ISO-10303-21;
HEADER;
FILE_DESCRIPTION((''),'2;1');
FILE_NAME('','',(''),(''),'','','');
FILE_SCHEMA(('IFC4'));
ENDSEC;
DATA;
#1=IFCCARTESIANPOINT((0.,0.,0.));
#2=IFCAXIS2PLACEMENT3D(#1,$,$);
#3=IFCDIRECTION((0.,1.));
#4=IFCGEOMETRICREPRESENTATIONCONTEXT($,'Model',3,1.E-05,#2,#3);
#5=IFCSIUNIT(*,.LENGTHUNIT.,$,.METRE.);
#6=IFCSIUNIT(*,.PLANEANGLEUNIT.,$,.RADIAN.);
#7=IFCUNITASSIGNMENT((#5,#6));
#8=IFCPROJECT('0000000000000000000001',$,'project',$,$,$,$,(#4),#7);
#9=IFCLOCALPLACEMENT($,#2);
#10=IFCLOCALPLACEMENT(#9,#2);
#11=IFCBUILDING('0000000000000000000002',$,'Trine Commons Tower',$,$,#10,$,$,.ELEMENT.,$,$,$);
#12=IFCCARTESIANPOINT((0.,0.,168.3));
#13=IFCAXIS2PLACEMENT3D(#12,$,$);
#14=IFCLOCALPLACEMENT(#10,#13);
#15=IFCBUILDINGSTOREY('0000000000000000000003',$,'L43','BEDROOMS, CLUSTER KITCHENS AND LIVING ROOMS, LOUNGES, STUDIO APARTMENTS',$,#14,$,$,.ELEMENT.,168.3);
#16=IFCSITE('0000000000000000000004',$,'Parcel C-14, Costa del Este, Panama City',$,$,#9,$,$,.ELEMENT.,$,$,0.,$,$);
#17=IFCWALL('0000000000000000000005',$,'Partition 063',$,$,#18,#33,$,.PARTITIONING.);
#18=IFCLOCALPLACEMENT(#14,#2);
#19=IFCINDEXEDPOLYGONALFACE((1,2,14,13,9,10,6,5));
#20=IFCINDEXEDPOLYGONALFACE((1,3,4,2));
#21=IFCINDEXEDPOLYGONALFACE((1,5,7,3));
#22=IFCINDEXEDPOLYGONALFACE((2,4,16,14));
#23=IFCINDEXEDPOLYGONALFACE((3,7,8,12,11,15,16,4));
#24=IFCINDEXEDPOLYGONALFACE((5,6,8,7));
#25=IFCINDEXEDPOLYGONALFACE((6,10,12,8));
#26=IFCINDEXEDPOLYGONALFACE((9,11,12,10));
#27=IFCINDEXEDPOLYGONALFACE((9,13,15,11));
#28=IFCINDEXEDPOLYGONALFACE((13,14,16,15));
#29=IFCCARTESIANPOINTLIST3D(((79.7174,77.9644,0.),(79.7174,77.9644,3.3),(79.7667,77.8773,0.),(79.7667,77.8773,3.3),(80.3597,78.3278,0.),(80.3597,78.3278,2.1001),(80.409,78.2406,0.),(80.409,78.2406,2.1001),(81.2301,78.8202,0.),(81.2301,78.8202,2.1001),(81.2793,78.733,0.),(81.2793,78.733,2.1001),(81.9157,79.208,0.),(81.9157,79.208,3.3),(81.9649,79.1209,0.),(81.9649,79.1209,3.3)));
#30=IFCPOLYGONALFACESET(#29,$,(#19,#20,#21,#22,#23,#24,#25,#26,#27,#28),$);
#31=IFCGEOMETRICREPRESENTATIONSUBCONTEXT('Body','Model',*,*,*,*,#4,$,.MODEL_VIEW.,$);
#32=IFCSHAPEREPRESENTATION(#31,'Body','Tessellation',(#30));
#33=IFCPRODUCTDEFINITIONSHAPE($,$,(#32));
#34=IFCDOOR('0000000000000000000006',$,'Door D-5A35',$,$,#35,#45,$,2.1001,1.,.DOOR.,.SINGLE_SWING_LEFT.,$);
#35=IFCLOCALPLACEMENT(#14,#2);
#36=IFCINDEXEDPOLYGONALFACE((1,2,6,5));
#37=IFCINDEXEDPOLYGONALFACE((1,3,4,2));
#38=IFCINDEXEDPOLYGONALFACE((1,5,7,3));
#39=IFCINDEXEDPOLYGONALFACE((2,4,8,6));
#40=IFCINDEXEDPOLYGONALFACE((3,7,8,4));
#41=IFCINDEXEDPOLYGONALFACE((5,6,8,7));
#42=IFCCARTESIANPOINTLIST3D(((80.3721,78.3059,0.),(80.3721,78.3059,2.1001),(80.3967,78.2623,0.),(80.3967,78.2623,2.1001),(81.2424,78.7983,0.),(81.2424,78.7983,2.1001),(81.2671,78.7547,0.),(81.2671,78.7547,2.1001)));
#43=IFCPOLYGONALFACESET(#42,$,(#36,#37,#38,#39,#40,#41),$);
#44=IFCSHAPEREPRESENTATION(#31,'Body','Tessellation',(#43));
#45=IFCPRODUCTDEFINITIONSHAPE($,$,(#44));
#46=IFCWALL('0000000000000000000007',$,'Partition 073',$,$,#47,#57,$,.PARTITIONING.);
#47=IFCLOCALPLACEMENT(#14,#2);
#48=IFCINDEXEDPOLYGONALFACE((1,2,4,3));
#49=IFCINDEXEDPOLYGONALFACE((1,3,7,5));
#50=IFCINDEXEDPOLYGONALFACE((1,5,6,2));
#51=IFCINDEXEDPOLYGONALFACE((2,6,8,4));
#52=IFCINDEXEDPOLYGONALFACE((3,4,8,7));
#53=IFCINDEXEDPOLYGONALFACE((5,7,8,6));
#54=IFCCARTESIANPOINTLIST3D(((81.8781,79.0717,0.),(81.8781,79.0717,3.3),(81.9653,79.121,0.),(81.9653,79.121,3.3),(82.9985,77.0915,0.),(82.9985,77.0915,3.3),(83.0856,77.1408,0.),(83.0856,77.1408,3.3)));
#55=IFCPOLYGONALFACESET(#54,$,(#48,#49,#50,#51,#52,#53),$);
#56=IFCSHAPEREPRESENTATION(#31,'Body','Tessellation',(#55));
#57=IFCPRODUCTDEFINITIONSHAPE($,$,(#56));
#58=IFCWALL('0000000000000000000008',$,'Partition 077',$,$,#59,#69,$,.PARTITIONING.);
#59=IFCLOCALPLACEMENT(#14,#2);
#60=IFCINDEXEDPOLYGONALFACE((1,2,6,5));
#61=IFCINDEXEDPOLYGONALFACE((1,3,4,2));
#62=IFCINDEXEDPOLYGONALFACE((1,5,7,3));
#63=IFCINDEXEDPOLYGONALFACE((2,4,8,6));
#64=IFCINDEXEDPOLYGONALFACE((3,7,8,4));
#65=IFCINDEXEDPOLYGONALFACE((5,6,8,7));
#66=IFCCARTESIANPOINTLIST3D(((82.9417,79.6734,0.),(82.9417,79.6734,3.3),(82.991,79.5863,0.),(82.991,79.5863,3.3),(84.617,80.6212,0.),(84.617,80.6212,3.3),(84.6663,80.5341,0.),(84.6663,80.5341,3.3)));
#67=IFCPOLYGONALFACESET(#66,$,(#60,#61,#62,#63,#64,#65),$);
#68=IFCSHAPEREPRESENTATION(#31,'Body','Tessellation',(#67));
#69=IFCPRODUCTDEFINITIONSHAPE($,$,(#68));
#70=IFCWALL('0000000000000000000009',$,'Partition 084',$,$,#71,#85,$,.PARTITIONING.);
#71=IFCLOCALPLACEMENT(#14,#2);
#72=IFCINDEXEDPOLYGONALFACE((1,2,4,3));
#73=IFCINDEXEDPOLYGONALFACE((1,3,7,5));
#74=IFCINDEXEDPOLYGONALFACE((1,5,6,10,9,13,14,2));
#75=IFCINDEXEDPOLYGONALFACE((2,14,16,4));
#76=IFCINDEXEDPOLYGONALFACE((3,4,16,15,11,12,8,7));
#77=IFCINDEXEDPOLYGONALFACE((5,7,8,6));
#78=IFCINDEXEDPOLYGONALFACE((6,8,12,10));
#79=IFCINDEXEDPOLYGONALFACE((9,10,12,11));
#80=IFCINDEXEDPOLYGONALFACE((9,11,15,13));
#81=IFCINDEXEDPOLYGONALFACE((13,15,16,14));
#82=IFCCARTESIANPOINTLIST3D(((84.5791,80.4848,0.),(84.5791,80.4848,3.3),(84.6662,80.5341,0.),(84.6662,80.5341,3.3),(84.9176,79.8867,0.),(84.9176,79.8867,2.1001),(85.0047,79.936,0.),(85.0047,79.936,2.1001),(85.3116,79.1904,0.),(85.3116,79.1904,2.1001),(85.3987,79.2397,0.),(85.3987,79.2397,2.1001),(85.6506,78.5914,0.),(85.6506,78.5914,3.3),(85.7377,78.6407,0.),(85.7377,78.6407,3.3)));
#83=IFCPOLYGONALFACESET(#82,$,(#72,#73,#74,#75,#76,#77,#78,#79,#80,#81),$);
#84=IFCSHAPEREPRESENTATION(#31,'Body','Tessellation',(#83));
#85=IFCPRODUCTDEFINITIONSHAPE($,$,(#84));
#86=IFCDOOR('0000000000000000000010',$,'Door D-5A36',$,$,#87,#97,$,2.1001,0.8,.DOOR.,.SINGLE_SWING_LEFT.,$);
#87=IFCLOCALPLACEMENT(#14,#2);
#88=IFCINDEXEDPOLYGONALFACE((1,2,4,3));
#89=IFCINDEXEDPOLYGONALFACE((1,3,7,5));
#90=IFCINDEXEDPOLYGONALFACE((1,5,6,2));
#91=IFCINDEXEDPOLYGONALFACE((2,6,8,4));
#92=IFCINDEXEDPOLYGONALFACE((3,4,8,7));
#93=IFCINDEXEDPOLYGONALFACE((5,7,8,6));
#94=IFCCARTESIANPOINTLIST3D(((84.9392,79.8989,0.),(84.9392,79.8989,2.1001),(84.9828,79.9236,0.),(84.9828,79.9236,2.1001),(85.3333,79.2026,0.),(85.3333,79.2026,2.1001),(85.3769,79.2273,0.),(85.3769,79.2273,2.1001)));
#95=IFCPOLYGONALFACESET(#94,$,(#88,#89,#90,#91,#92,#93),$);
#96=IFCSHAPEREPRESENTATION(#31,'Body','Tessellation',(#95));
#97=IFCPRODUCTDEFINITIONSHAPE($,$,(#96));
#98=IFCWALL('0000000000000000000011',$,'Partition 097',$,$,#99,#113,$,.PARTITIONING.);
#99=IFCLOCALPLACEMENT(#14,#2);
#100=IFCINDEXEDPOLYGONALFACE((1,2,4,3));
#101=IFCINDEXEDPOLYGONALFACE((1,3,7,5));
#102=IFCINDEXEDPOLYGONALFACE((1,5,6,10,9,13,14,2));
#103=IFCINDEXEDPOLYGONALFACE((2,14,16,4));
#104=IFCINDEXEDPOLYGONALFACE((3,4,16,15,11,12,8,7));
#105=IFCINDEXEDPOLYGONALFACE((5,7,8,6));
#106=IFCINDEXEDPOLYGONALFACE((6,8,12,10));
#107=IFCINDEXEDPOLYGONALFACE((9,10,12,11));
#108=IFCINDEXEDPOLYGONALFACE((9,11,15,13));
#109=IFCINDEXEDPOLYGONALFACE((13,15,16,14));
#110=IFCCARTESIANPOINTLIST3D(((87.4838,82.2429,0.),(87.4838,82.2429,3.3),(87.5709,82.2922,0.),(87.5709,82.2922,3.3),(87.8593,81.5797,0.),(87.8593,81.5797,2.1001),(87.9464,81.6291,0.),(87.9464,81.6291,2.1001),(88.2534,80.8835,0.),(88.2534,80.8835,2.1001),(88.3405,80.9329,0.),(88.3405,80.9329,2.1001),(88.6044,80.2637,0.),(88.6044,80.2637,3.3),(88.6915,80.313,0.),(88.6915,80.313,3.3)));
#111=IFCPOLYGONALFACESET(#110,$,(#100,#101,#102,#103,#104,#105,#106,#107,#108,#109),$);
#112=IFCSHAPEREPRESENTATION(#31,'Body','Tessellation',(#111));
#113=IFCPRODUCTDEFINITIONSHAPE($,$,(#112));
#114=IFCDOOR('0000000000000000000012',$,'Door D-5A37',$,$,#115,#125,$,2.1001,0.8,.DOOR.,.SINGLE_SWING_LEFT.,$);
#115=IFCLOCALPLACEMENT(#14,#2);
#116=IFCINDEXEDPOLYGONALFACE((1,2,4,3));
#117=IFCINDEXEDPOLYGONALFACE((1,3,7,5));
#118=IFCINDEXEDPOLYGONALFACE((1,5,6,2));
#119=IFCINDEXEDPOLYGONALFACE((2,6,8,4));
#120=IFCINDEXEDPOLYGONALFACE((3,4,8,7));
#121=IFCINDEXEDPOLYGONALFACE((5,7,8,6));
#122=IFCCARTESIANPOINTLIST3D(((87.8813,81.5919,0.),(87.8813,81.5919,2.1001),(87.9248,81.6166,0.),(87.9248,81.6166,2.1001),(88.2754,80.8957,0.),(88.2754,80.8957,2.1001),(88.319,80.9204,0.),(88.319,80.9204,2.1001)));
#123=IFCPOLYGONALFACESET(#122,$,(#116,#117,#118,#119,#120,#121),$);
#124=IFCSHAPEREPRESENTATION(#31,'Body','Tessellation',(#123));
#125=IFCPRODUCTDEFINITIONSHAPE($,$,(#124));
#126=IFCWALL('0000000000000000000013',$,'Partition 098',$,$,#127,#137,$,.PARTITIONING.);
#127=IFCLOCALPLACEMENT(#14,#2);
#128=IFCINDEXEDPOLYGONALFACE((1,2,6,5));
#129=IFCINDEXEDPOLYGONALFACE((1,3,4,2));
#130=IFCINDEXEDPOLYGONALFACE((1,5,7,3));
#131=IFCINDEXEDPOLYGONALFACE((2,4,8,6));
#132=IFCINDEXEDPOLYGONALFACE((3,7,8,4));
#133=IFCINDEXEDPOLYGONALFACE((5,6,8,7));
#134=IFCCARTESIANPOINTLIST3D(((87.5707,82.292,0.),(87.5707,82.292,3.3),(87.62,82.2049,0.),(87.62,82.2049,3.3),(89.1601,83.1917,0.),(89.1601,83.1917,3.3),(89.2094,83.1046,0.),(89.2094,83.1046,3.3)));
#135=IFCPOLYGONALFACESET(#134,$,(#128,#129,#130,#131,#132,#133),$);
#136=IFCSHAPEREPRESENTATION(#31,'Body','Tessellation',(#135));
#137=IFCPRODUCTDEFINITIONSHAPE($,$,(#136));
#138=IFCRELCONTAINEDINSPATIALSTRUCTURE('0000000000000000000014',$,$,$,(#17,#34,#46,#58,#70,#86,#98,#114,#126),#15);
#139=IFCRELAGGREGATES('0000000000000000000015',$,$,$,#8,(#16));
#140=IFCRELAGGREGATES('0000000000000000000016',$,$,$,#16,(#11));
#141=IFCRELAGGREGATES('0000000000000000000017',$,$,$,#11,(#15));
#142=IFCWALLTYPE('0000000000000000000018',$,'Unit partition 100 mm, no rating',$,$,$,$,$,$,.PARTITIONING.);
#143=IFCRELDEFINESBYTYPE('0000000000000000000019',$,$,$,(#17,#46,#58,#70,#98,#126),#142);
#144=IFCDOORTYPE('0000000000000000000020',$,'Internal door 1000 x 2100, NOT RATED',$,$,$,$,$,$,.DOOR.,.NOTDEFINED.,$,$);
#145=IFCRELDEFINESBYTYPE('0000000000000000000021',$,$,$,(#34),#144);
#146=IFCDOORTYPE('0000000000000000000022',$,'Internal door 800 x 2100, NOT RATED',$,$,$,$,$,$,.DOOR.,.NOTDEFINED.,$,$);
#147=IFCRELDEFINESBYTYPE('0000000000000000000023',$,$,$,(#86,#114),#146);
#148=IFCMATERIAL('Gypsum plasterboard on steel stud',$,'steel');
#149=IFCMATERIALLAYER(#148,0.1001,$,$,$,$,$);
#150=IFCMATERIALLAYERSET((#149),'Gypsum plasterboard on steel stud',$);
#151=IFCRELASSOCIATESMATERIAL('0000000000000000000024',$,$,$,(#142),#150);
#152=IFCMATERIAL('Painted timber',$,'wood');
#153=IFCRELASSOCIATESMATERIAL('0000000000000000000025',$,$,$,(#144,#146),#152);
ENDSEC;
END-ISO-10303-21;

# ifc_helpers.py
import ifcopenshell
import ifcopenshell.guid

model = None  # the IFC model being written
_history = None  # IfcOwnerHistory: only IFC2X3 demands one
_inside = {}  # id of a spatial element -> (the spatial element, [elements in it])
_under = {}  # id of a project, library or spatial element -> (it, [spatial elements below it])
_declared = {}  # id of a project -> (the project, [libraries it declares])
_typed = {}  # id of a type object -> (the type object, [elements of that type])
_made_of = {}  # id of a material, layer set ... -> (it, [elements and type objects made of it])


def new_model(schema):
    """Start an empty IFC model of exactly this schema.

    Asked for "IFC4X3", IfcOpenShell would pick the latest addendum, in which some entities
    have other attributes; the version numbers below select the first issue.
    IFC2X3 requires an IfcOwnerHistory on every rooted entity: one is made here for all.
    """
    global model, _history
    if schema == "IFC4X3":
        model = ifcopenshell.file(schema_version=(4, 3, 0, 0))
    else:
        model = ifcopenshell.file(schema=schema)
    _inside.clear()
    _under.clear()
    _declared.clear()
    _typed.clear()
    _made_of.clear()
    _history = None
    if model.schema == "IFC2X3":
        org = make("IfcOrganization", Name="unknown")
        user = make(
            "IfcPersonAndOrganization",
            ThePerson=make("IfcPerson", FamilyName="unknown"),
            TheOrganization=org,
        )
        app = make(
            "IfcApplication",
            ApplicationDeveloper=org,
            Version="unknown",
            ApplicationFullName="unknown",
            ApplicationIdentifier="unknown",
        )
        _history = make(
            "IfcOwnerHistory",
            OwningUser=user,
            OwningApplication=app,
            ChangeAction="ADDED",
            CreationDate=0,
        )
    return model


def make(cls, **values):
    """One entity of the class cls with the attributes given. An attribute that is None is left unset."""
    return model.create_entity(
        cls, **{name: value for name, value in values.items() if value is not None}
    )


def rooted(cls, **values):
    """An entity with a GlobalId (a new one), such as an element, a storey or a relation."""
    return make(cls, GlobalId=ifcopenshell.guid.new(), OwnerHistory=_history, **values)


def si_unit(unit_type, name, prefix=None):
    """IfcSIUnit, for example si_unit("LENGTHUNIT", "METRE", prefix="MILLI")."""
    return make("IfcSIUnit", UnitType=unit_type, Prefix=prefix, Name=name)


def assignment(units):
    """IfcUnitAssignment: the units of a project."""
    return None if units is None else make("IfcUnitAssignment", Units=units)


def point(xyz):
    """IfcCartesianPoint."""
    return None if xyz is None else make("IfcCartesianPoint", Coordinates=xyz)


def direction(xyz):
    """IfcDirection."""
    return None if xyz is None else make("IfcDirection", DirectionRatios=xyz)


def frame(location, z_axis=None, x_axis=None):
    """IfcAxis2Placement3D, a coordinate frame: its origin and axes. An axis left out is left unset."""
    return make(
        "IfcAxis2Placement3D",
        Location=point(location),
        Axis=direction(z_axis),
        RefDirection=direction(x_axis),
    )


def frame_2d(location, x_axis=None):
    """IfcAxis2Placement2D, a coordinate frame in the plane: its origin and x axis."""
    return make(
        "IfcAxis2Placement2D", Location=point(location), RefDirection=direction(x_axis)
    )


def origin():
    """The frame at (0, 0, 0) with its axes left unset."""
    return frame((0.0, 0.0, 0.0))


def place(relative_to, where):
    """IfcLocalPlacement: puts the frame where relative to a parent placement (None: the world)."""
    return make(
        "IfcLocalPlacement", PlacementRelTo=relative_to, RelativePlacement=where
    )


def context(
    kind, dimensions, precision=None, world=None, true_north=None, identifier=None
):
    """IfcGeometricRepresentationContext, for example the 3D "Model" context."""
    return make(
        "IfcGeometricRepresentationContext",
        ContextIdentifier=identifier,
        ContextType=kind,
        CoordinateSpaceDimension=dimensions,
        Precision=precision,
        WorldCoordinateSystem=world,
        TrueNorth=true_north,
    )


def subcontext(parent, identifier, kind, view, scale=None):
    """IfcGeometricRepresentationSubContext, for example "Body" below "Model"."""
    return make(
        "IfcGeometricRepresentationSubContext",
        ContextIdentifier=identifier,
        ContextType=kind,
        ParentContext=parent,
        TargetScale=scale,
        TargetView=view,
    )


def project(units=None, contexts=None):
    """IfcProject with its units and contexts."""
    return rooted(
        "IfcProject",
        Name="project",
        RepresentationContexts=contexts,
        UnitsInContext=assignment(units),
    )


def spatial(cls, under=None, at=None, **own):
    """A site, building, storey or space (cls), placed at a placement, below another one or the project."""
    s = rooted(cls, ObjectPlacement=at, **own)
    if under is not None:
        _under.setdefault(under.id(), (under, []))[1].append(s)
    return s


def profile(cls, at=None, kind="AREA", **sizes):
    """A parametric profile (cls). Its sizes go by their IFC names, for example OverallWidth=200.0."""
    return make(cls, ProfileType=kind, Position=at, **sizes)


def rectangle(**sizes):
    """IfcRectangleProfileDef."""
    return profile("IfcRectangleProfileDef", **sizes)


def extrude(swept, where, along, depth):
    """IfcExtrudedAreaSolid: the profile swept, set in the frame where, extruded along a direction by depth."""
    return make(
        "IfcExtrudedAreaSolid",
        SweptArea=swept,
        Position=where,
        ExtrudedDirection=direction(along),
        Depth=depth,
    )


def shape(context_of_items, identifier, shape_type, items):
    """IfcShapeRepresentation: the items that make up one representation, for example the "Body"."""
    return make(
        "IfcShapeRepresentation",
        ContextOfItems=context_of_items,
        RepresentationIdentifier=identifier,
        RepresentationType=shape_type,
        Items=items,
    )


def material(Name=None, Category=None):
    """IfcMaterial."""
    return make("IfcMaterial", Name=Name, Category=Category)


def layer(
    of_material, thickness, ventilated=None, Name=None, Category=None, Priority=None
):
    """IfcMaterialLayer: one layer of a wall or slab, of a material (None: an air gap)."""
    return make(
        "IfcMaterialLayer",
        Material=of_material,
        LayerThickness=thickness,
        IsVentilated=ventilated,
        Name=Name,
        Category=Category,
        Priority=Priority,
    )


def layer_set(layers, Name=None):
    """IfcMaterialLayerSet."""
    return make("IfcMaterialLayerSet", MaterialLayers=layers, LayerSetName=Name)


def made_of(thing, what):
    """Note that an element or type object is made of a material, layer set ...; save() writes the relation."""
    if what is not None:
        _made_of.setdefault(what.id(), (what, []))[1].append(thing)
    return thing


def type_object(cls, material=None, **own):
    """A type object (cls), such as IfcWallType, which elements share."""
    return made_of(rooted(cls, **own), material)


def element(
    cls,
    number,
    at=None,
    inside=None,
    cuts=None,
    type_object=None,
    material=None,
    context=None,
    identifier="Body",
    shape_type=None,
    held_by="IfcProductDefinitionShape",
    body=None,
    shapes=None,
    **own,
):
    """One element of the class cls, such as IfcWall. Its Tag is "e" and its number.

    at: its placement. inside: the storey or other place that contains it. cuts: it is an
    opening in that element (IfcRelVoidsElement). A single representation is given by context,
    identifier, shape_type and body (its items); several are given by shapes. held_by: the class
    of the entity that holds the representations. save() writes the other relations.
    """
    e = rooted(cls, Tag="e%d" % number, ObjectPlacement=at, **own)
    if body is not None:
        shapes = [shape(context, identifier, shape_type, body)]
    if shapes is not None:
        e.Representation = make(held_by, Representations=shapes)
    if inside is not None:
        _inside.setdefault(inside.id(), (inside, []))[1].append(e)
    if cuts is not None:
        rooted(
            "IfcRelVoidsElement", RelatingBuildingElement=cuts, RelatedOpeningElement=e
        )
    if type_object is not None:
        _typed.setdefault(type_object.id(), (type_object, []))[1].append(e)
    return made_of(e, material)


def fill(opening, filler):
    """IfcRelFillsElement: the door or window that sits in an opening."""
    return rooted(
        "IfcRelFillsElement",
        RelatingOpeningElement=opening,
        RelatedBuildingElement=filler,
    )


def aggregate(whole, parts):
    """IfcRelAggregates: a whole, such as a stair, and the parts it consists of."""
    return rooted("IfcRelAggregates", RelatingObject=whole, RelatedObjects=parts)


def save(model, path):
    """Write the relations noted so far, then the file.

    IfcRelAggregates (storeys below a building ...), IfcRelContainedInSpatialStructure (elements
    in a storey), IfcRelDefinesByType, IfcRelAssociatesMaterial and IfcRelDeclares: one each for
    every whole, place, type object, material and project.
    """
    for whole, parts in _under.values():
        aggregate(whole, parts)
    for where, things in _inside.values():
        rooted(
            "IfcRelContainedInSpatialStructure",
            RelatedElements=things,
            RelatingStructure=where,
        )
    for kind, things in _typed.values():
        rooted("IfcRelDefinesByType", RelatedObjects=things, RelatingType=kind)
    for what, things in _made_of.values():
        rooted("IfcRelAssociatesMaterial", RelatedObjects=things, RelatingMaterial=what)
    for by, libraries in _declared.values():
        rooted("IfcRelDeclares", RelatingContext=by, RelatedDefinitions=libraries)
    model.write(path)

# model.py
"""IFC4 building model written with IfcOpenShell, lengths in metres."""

from ifc_helpers import new_model, si_unit, direction, frame, frame_2d, origin, place, context, subcontext, project, spatial, rectangle, extrude, material, layer, layer_set, type_object, element, fill, save


model = new_model("IFC4")

# Units and contexts
model_context = context("Model", 3, precision=1e-05, world=origin(), true_north=direction((0.0, 1.0)))
body_context = subcontext(model_context, "Body", "Model", "MODEL_VIEW")
ifc_project = project(units=[si_unit("LENGTHUNIT", "METRE"), si_unit("PLANEANGLEUNIT", "RADIAN")], contexts=[model_context])

# Site, building, storey
site_placement = place(None, origin())
site = spatial("IfcSite", under=ifc_project, at=site_placement, Name="Parcel C-14, Costa del Este, Panama City", CompositionType="ELEMENT", RefElevation=0.0)
building_placement = place(site_placement, origin())
building = spatial("IfcBuilding", under=site, at=building_placement, Name="Trine Commons Tower", CompositionType="ELEMENT")
storey_placement = place(building_placement, frame((0.0, 0.0, 168.3)))
storey = spatial("IfcBuildingStorey", under=building, at=storey_placement, Name="L43", Description="BEDROOMS, CLUSTER KITCHENS AND LIVING ROOMS, LOUNGES, STUDIO APARTMENTS", CompositionType="ELEMENT", Elevation=168.3)

# Shared definitions
ifc_material_1 = material(Name="Gypsum plasterboard on steel stud", Category="steel")

# Wall, opening, door
ifc_layer_1 = layer(ifc_material_1, 0.1001)
ifc_layer_set_1 = layer_set([ifc_layer_1], Name="Gypsum plasterboard on steel stud")
wall_type_1 = type_object("IfcWallType", Name="Unit partition 100 mm, no rating", PredefinedType="PARTITIONING", material=ifc_layer_set_1)
wall_1_placement = place(storey_placement, frame((79.7422, 77.9209, 0.0), z_axis=(0.0, 0.0, 1.0), x_axis=(0.870365, 0.492408, 0.0)))
wall_1 = element("IfcWall", 1, at=wall_1_placement, inside=storey, type_object=wall_type_1, Name="Partition 063", PredefinedType="PARTITIONING", context=body_context, shape_type="SweptSolid", body=[
    extrude(rectangle(XDim=2.5256, YDim=0.1001, at=frame_2d((1.2627, 0.0))), origin(), (0.0, 0.0, 1.0), 3.3),
])
opening_1_placement = place(wall_1_placement, frame((0.7378, 0.0, 0.0)))
opening_1 = element("IfcOpeningElement", 2, at=opening_1_placement, cuts=wall_1, PredefinedType="OPENING", context=body_context, shape_type="SweptSolid", body=[
    extrude(rectangle(XDim=1.0, YDim=2.1001, at=frame_2d((0.5, 1.05))), frame((0.0, 0.0601, 0.0), z_axis=(0.0, -1.0, 0.0), x_axis=(1.0, 0.0, 0.0)), (0.0, 0.0, 1.0), 0.1201),
])
ifc_material_2 = material(Name="Painted timber", Category="wood")
door_type_1 = type_object("IfcDoorType", Name="Internal door 1000 x 2100, NOT RATED", OperationType="NOTDEFINED", PredefinedType="DOOR", material=ifc_material_2)
door_1_placement = place(opening_1_placement, origin())
door_1 = element("IfcDoor", 3, at=door_1_placement, inside=storey, type_object=door_type_1, Name="Door D-5A35", OperationType="SINGLE_SWING_LEFT", OverallHeight=2.1001, OverallWidth=1.0, PredefinedType="DOOR", context=body_context, shape_type="SweptSolid", body=[
    extrude(rectangle(XDim=1.0, YDim=2.1001, at=frame_2d((0.5, 1.05))), frame((0.0, 0.0249, 0.0), z_axis=(0.0, -1.0, 0.0), x_axis=(1.0, 0.0, 0.0)), (0.0, 0.0, 1.0), 0.05),
])
fill(opening_1, door_1)

# Walls
wall_2_placement = place(storey_placement, frame((81.9216, 79.0964, 0.0), z_axis=(0.0, 0.0, 1.0), x_axis=(0.492425, -0.870355, 0.0)))
element("IfcWall", 4, at=wall_2_placement, inside=storey, type_object=wall_type_1, Name="Partition 073", PredefinedType="PARTITIONING", context=body_context, shape_type="SweptSolid", body=[
    extrude(rectangle(XDim=2.2751, YDim=0.1001, at=frame_2d((1.1377, 0.0))), origin(), (0.0, 0.0, 1.0), 3.3),
])
wall_3_placement = place(storey_placement, frame((82.9663, 79.6299, 0.0), z_axis=(0.0, 0.0, 1.0), x_axis=(0.870374, 0.492392, 0.0)))
element("IfcWall", 5, at=wall_3_placement, inside=storey, type_object=wall_type_1, Name="Partition 077", PredefinedType="PARTITIONING", context=body_context, shape_type="SweptSolid", body=[
    extrude(rectangle(XDim=1.9248, YDim=0.1001, at=frame_2d((0.9624, 0.0))), origin(), (0.0, 0.0, 1.0), 3.3),
])

# Walls, openings, doors
wall_4_placement = place(storey_placement, frame((84.6226, 80.5095, 0.0), z_axis=(0.0, 0.0, 1.0), x_axis=(0.492545, -0.870287, 0.0)))
wall_4 = element("IfcWall", 6, at=wall_4_placement, inside=storey, type_object=wall_type_1, Name="Partition 084", PredefinedType="PARTITIONING", context=body_context, shape_type="SweptSolid", body=[
    extrude(rectangle(XDim=2.1755, YDim=0.1001, at=frame_2d((1.0879, 0.0))), origin(), (0.0, 0.0, 1.0), 3.3),
])
opening_2_placement = place(wall_4_placement, frame((0.6875, 0.0, 0.0)))
opening_2 = element("IfcOpeningElement", 7, at=opening_2_placement, cuts=wall_4, PredefinedType="OPENING", context=body_context, shape_type="SweptSolid", body=[
    extrude(rectangle(XDim=0.8, YDim=2.1001, at=frame_2d((0.3999, 1.05))), frame((0.0, 0.0601, 0.0), z_axis=(0.0, -1.0, 0.0), x_axis=(1.0, 0.0, 0.0)), (0.0, 0.0, 1.0), 0.1201),
])
door_type_2 = type_object("IfcDoorType", Name="Internal door 800 x 2100, NOT RATED", OperationType="NOTDEFINED", PredefinedType="DOOR", material=ifc_material_2)
door_2_placement = place(opening_2_placement, origin())
door_2 = element("IfcDoor", 8, at=door_2_placement, inside=storey, type_object=door_type_2, Name="Door D-5A36", OperationType="SINGLE_SWING_LEFT", OverallHeight=2.1001, OverallWidth=0.8, PredefinedType="DOOR", context=body_context, shape_type="SweptSolid", body=[
    extrude(rectangle(XDim=0.8, YDim=2.1001, at=frame_2d((0.3999, 1.05))), frame((0.0, 0.0249, 0.0), z_axis=(0.0, -1.0, 0.0), x_axis=(1.0, 0.0, 0.0)), (0.0, 0.0, 1.0), 0.05),
])
fill(opening_2, door_2)
wall_5_placement = place(storey_placement, frame((87.5273, 82.2676, 0.0), z_axis=(0.0, 0.0, 1.0), x_axis=(0.49269, -0.870205, 0.0)))
wall_5 = element("IfcWall", 9, at=wall_5_placement, inside=storey, type_object=wall_type_1, Name="Partition 097", PredefinedType="PARTITIONING", context=body_context, shape_type="SweptSolid", body=[
    extrude(rectangle(XDim=2.2744, YDim=0.1001, at=frame_2d((1.1372, 0.0))), origin(), (0.0, 0.0, 1.0), 3.3),
])
opening_3_placement = place(wall_5_placement, frame((0.7622, 0.0, 0.0)))
opening_3 = element("IfcOpeningElement", 10, at=opening_3_placement, cuts=wall_5, PredefinedType="OPENING", context=body_context, shape_type="SweptSolid", body=[
    extrude(rectangle(XDim=0.8, YDim=2.1001, at=frame_2d((0.3999, 1.05))), frame((0.0, 0.0601, 0.0), z_axis=(0.0, -1.0, 0.0), x_axis=(1.0, 0.0, 0.0)), (0.0, 0.0, 1.0), 0.1201),
])
door_3_placement = place(opening_3_placement, frame((0.8, 0.0, 0.0), z_axis=(0.0, 0.0, 1.0), x_axis=(-1.0, 0.0, 0.0)))
door_3 = element("IfcDoor", 11, at=door_3_placement, inside=storey, type_object=door_type_2, Name="Door D-5A37", OperationType="SINGLE_SWING_LEFT", OverallHeight=2.1001, OverallWidth=0.8, PredefinedType="DOOR", context=body_context, shape_type="SweptSolid", body=[
    extrude(rectangle(XDim=0.8, YDim=2.1001, at=frame_2d((0.3999, 1.05))), frame((0.0, 0.0249, 0.0), z_axis=(0.0, -1.0, 0.0), x_axis=(1.0, 0.0, 0.0)), (0.0, 0.0, 1.0), 0.05),
])
fill(opening_3, door_3)

# Wall
wall_6_placement = place(storey_placement, frame((87.5955, 82.2485, 0.0), z_axis=(0.0, 0.0, 1.0), x_axis=(0.870251, 0.492608, 0.0)))
element("IfcWall", 12, at=wall_6_placement, inside=storey, type_object=wall_type_1, Name="Partition 098", PredefinedType="PARTITIONING", context=body_context, shape_type="SweptSolid", body=[
    extrude(rectangle(XDim=1.8264, YDim=0.1001, at=frame_2d((0.9131, 0.0))), origin(), (0.0, 0.0, 1.0), 3.3),
])

save(model, "model.ifc")
